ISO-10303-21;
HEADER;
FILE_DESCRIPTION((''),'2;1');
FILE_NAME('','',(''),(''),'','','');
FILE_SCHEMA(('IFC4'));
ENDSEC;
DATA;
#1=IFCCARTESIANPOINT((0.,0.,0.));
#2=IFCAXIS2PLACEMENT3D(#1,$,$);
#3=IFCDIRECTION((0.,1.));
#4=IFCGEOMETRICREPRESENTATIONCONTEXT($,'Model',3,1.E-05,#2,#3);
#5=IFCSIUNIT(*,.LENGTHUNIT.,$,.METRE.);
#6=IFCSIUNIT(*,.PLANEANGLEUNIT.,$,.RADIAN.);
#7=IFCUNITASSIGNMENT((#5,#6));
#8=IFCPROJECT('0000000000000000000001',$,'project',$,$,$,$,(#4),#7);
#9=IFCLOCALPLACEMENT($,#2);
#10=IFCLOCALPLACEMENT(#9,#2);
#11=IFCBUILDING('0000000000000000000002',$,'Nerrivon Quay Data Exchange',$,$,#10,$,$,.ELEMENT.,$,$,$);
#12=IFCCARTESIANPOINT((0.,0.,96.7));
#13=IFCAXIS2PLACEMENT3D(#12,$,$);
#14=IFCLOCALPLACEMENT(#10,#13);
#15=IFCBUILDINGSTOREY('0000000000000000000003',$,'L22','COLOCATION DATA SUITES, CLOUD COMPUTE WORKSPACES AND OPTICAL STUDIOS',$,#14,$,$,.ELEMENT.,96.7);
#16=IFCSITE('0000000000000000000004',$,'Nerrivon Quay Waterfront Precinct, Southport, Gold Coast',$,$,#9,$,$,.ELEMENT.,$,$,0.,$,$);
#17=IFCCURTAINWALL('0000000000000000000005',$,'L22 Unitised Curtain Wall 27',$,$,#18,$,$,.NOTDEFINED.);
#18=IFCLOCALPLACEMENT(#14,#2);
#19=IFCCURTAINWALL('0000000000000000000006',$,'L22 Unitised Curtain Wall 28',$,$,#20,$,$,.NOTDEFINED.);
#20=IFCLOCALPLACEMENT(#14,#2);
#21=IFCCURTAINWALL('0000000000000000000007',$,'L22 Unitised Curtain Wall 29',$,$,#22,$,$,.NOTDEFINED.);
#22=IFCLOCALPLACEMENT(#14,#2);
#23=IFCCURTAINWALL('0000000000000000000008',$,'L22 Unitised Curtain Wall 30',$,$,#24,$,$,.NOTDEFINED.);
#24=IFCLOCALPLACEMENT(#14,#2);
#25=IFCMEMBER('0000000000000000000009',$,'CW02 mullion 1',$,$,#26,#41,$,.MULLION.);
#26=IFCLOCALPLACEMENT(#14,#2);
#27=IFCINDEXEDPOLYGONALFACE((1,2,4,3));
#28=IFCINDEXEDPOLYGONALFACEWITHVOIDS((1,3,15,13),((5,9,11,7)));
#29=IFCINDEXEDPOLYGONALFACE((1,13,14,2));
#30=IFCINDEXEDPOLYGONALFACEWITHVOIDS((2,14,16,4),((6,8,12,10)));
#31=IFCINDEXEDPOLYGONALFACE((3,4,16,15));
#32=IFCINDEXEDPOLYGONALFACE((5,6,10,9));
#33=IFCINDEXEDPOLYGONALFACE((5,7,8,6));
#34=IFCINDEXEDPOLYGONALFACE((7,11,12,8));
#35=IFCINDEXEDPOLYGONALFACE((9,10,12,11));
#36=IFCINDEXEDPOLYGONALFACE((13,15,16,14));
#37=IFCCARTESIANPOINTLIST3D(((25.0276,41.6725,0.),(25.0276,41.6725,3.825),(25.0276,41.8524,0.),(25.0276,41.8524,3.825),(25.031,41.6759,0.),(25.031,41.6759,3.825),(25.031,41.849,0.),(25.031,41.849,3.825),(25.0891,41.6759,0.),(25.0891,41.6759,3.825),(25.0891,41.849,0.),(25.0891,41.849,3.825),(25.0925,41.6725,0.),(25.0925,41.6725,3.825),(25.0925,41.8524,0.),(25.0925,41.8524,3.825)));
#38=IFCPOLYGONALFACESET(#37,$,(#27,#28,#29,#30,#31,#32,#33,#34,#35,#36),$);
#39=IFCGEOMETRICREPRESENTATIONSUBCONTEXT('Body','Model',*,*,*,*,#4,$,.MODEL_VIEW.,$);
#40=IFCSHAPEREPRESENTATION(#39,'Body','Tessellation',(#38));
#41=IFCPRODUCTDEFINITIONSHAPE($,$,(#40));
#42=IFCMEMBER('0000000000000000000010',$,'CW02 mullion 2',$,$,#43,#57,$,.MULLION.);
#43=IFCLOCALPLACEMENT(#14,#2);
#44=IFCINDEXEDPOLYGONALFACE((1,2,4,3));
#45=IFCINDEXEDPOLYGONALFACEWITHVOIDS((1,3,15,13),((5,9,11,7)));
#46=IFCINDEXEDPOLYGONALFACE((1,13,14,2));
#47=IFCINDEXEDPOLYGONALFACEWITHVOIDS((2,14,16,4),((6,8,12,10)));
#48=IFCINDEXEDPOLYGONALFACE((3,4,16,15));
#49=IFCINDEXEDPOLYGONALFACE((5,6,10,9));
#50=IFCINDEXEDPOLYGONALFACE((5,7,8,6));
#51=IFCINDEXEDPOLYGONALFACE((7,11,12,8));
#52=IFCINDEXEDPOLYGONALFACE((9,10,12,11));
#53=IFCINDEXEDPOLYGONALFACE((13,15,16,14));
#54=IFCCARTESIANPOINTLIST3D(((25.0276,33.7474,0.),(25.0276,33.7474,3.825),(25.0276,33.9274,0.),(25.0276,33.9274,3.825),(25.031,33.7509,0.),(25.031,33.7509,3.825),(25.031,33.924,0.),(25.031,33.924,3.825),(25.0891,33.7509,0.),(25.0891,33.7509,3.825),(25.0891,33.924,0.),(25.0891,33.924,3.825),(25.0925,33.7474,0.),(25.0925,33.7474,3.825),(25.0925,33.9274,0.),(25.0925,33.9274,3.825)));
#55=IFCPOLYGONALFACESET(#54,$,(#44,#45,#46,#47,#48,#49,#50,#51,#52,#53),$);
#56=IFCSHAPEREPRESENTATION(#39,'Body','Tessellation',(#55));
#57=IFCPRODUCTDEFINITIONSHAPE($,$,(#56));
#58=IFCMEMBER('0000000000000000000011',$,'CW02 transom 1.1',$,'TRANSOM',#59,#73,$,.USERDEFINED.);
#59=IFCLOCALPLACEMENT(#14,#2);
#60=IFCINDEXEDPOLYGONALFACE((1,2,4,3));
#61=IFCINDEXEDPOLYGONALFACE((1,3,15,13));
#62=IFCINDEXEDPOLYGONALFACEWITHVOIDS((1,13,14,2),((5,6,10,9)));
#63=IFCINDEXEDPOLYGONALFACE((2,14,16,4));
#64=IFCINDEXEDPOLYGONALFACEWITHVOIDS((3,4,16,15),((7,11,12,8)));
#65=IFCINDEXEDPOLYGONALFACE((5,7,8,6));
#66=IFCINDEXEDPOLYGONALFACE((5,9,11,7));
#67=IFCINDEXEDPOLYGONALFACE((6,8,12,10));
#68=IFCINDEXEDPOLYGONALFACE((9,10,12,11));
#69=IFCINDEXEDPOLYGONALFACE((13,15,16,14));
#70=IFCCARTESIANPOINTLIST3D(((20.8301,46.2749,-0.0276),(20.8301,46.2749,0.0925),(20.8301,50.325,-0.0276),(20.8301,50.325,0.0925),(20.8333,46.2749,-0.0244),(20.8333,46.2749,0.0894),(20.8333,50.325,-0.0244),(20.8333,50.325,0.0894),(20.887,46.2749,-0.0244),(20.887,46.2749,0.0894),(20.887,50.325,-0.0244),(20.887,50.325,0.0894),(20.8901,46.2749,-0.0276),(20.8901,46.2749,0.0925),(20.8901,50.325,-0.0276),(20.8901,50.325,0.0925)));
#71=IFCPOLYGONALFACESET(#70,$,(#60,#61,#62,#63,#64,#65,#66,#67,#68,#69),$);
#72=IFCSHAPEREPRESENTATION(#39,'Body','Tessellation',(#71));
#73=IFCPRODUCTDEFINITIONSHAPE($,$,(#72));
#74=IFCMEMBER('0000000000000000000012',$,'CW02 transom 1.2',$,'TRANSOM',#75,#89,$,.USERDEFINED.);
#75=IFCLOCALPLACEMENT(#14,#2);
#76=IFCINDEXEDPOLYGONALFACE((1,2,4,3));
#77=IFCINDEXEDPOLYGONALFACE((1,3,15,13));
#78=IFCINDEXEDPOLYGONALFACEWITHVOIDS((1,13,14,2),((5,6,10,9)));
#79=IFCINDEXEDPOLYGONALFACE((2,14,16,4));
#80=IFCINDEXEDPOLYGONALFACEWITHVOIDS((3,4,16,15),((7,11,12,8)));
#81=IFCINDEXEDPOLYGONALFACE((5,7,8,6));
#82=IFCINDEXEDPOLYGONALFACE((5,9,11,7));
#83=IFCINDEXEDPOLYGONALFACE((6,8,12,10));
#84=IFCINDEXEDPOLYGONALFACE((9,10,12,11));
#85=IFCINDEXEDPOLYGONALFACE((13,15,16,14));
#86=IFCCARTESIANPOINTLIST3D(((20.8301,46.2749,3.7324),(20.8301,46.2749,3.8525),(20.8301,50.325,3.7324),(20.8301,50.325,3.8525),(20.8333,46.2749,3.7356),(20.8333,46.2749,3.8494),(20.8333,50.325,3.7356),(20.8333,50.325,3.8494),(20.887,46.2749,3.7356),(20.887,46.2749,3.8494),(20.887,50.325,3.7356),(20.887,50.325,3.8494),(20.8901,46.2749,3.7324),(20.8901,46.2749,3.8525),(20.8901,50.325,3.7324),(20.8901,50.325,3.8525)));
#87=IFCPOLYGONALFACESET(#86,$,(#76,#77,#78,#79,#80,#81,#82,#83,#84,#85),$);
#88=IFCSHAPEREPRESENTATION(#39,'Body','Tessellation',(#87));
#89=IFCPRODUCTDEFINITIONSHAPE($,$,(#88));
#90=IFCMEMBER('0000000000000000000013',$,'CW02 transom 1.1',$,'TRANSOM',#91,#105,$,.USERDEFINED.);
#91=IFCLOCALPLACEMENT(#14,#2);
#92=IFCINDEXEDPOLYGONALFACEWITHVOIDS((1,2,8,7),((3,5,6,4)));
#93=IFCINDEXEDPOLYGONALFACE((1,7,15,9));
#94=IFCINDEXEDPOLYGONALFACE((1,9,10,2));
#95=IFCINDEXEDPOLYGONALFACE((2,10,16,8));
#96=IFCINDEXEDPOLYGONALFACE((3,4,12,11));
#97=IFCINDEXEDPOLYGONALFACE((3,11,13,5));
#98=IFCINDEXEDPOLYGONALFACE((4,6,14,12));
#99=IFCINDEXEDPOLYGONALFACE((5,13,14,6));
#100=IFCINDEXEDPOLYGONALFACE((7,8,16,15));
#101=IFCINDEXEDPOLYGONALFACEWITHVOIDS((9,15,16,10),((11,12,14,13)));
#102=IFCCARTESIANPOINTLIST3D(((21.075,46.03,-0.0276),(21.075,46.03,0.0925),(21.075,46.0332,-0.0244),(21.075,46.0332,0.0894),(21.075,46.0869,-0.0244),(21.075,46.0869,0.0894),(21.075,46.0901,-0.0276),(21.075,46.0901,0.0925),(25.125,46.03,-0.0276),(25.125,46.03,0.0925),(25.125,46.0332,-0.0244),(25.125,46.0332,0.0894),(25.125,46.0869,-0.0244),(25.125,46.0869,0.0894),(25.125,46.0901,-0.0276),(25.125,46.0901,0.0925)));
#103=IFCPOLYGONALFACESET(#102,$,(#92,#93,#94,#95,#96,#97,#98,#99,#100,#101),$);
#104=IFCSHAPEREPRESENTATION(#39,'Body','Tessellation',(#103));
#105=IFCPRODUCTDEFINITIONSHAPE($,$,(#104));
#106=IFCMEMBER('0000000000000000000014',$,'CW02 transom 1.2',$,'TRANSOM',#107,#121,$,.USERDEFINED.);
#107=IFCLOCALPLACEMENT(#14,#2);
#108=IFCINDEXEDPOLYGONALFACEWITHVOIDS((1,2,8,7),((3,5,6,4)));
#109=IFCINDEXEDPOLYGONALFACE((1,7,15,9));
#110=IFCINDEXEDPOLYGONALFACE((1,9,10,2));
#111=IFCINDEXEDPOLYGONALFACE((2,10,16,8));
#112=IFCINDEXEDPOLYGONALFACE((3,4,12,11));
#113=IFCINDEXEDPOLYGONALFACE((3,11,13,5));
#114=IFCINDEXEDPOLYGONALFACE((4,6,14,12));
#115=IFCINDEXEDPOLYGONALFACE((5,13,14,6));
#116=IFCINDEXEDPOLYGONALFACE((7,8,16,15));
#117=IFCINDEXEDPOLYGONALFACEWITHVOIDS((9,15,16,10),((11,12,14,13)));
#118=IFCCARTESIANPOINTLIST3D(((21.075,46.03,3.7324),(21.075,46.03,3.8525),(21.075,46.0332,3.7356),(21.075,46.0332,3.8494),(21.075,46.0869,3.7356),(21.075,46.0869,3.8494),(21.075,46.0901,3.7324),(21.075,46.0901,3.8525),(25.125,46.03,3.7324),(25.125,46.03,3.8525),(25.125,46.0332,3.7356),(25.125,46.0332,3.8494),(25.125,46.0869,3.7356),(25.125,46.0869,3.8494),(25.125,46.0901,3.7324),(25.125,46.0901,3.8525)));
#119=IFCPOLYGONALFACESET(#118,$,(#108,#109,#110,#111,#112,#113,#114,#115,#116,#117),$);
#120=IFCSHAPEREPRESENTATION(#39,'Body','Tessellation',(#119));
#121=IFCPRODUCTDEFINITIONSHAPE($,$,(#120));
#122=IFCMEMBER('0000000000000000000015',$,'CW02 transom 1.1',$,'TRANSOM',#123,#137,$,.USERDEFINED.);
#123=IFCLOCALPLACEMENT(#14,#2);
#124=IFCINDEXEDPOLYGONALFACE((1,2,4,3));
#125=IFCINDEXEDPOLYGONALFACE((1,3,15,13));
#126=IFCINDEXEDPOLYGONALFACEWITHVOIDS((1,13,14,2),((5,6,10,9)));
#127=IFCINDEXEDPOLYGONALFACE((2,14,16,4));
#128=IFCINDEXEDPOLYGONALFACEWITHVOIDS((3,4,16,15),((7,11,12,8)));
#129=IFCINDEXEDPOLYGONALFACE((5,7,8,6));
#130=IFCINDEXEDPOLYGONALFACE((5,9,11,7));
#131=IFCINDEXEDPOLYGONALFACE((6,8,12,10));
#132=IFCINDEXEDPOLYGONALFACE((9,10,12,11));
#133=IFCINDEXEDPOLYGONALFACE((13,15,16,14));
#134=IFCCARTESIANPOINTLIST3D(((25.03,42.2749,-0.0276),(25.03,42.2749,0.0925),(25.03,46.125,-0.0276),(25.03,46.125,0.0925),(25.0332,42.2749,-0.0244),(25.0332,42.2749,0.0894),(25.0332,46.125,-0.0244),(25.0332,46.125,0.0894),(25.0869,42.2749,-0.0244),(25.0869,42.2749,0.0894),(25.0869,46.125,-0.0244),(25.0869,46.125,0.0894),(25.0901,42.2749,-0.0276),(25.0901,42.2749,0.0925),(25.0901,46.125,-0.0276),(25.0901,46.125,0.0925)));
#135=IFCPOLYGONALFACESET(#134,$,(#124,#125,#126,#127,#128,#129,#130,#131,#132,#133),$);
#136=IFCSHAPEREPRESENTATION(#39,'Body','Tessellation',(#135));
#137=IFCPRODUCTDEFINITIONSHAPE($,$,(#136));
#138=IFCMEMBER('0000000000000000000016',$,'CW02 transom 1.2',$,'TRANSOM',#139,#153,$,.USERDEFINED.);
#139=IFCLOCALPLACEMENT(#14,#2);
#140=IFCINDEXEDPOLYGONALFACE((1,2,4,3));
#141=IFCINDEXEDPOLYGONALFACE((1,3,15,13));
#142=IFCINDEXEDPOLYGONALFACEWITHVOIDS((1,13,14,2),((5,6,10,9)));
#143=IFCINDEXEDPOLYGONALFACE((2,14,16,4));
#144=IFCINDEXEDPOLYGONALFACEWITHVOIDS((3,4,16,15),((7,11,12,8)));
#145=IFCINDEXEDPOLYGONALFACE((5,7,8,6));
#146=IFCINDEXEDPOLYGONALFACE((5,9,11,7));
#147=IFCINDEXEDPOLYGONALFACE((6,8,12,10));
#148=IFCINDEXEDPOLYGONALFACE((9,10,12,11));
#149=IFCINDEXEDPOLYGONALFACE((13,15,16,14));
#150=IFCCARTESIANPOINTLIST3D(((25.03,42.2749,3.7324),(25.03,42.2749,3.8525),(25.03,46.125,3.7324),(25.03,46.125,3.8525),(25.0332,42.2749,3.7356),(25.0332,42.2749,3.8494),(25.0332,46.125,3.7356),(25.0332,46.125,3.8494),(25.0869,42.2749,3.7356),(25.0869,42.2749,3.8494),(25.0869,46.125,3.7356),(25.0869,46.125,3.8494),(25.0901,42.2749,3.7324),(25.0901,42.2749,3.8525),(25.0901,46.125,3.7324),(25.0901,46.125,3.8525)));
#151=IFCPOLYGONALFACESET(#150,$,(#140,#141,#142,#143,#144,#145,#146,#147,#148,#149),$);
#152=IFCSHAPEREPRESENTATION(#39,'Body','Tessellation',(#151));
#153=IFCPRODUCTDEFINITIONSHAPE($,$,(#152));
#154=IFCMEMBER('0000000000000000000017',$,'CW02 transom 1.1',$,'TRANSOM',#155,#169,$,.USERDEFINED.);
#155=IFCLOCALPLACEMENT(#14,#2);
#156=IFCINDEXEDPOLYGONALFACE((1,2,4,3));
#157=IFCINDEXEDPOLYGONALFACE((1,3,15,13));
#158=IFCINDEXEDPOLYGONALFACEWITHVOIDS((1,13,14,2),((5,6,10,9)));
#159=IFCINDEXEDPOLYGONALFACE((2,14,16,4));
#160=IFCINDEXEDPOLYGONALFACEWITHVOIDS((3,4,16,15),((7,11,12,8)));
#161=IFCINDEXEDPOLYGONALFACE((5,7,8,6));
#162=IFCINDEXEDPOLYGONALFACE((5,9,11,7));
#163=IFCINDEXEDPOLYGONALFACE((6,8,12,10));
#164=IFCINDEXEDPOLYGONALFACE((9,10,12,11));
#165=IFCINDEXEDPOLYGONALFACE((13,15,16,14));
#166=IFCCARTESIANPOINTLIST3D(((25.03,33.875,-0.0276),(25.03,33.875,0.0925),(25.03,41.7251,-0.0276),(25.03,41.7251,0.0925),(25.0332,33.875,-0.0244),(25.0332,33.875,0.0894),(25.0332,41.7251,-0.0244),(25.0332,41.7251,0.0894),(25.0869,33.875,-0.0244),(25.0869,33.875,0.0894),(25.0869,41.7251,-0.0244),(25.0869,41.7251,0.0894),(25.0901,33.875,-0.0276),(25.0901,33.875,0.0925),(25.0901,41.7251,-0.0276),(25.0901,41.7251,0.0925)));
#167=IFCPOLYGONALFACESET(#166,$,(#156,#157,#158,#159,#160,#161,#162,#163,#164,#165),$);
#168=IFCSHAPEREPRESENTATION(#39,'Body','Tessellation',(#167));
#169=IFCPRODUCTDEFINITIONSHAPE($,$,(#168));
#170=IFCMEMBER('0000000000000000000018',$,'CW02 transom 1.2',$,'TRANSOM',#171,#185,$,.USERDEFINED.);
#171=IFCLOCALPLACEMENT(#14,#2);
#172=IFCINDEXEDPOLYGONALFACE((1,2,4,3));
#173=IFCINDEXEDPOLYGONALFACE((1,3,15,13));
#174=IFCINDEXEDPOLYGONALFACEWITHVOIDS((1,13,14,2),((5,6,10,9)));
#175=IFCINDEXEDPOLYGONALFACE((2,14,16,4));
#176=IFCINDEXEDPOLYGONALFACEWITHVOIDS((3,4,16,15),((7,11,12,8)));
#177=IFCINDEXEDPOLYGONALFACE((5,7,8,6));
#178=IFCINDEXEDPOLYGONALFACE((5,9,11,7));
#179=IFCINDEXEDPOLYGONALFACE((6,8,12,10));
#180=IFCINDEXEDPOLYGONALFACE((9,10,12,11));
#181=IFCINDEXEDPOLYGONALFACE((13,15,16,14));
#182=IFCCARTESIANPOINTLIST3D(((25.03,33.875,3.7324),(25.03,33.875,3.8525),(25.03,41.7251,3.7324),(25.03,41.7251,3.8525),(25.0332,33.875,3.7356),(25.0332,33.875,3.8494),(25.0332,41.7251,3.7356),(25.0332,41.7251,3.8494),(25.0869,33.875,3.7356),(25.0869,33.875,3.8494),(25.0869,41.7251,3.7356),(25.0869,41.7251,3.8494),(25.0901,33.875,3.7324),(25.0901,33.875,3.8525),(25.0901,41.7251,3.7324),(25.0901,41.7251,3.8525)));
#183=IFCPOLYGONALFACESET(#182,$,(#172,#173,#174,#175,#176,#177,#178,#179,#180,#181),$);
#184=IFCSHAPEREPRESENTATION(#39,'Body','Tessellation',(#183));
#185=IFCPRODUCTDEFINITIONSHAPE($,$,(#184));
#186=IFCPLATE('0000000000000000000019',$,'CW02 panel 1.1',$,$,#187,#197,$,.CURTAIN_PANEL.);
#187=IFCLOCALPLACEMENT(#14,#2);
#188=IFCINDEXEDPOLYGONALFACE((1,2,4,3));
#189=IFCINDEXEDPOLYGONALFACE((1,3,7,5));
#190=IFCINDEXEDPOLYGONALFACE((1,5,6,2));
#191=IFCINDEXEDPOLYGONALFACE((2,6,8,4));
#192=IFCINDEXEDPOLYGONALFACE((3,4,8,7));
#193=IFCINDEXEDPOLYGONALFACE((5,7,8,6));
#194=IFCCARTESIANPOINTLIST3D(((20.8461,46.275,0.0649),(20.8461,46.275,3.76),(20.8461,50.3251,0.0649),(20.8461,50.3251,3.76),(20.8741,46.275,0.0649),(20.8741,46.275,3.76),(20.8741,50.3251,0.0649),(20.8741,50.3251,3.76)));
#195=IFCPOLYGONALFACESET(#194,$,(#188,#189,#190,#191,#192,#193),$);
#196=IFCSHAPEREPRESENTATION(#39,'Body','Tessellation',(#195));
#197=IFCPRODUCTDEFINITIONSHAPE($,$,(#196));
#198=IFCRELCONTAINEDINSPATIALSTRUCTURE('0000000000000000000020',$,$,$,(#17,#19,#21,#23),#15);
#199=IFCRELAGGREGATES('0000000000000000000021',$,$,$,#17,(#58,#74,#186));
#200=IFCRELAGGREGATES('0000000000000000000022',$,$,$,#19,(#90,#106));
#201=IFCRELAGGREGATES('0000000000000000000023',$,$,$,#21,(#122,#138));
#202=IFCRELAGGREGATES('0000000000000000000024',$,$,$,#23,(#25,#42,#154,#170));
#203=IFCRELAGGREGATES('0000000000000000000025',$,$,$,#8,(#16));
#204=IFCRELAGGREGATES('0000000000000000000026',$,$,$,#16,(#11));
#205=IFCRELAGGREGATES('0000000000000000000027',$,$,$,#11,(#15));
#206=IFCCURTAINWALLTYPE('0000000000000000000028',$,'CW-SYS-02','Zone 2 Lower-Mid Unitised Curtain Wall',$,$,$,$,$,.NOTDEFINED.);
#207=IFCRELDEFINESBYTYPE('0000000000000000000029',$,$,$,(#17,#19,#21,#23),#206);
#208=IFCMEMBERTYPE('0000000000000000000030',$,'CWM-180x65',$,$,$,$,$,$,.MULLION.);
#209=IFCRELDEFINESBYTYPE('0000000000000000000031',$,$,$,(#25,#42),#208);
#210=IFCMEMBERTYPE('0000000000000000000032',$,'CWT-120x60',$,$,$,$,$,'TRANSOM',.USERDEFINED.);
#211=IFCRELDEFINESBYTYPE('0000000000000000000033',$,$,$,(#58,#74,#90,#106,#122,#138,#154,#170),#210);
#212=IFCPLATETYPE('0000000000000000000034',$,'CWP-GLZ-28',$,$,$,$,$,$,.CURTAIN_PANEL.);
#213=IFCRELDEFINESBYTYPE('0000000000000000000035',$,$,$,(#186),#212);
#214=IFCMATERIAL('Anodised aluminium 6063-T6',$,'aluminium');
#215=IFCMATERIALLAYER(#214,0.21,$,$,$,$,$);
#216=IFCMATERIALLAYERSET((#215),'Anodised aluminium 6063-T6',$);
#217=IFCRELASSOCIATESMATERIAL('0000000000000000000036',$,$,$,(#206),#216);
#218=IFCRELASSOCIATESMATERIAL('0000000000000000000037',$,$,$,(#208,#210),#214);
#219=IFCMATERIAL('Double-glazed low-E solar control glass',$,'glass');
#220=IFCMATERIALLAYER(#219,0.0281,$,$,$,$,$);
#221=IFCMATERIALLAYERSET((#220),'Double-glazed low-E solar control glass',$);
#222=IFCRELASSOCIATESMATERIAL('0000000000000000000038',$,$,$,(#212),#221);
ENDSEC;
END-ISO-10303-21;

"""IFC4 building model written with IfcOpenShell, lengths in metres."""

from ifc_helpers import new_model, si_unit, direction, frame, origin, origin_2d, place, context, subcontext, project, spatial, rectangle, hollow_rectangle, extrude, material, layer, layer_set, material_profile, profile_set, type_object, element, aggregate, save


model = new_model("IFC4")

# Units and contexts
model_context = context("Model", 3, precision=1e-05, world=origin(), true_north=direction((0.0, 1.0)))
body_context = subcontext(model_context, "Body", "Model", "MODEL_VIEW")
ifc_project = project(units=[si_unit("LENGTHUNIT", "METRE"), si_unit("PLANEANGLEUNIT", "RADIAN")], contexts=[model_context])

# Site, building, storey
site_placement = place(None, origin())
site = spatial("IfcSite", under=ifc_project, at=site_placement, Name="Nerrivon Quay Waterfront Precinct, Southport, Gold Coast", CompositionType="ELEMENT", RefElevation=0.0)
building_placement = place(site_placement, origin())
building = spatial("IfcBuilding", under=site, at=building_placement, Name="Nerrivon Quay Data Exchange", CompositionType="ELEMENT")
storey_placement = place(building_placement, frame((0.0, 0.0, 96.7)))
storey = spatial("IfcBuildingStorey", under=building, at=storey_placement, Name="L22", Description="COLOCATION DATA SUITES, CLOUD COMPUTE WORKSPACES AND OPTICAL STUDIOS", CompositionType="ELEMENT", Elevation=96.7)

# Shared definitions
ifc_material_1 = material(Name="Anodised aluminium 6063-T6", Category="aluminium")
ifc_layer_1 = layer(ifc_material_1, 0.21)
ifc_layer_set_1 = layer_set([ifc_layer_1], Name="Anodised aluminium 6063-T6")
curtain_wall_type = type_object("IfcCurtainWallType", Name="CW-SYS-02", Description="Zone 2 Lower-Mid Unitised Curtain Wall", PredefinedType="NOTDEFINED", material=ifc_layer_set_1)
ifc_material_profile_1 = material_profile(ifc_material_1, hollow_rectangle(XDim=0.0649, YDim=0.1799, WallThickness=0.0034, at=origin_2d()), Name="ALU-MULL-180x65")
ifc_profile_set_1 = profile_set([ifc_material_profile_1], Name="Anodised aluminium 6063-T6")
member_type_1 = type_object("IfcMemberType", Name="CWM-180x65", PredefinedType="MULLION", material=ifc_profile_set_1)

# Curtain walls, members
curtain_wall_1_placement = place(storey_placement, origin())
curtain_wall_1 = element("IfcCurtainWall", 1, at=curtain_wall_1_placement, inside=storey, type_object=curtain_wall_type, Name="L22 Unitised Curtain Wall 27", PredefinedType="NOTDEFINED")
curtain_wall_2_placement = place(storey_placement, origin())
curtain_wall_2 = element("IfcCurtainWall", 2, at=curtain_wall_2_placement, inside=storey, type_object=curtain_wall_type, Name="L22 Unitised Curtain Wall 28", PredefinedType="NOTDEFINED")
curtain_wall_3_placement = place(storey_placement, origin())
curtain_wall_3 = element("IfcCurtainWall", 3, at=curtain_wall_3_placement, inside=storey, type_object=curtain_wall_type, Name="L22 Unitised Curtain Wall 29", PredefinedType="NOTDEFINED")
curtain_wall_4_placement = place(storey_placement, origin())
curtain_wall_4 = element("IfcCurtainWall", 4, at=curtain_wall_4_placement, inside=storey, type_object=curtain_wall_type, Name="L22 Unitised Curtain Wall 30", PredefinedType="NOTDEFINED")
member_1_placement = place(storey_placement, frame((25.0601, 41.7625, 0.0), z_axis=(0.0, 0.0, 1.0), x_axis=(1.0, 0.0, 0.0)))
member_1 = element("IfcMember", 5, at=member_1_placement, type_object=member_type_1, Name="CW02 mullion 1", PredefinedType="MULLION", context=body_context, shape_type="SweptSolid", body=[
    extrude(hollow_rectangle(XDim=0.0649, YDim=0.1799, WallThickness=0.0034, at=origin_2d()), origin(), (0.0, 0.0, 1.0), 3.825),
])
member_2_placement = place(storey_placement, frame((25.0601, 33.8374, 0.0), z_axis=(0.0, 0.0, 1.0), x_axis=(1.0, 0.0, 0.0)))
member_2 = element("IfcMember", 6, at=member_2_placement, type_object=member_type_1, Name="CW02 mullion 2", PredefinedType="MULLION", context=body_context, shape_type="SweptSolid", body=[
    extrude(hollow_rectangle(XDim=0.0649, YDim=0.1799, WallThickness=0.0034, at=origin_2d()), origin(), (0.0, 0.0, 1.0), 3.825),
])

# Members
ifc_material_profile_2 = material_profile(ifc_material_1, hollow_rectangle(XDim=0.0601, YDim=0.1201, WallThickness=0.0032, at=origin_2d()), Name="ALU-TRAN-120x60")
ifc_profile_set_2 = profile_set([ifc_material_profile_2], Name="Anodised aluminium 6063-T6")
member_type_2 = type_object("IfcMemberType", Name="CWT-120x60", ElementType="TRANSOM", PredefinedType="USERDEFINED", material=ifc_profile_set_2)
member_3_placement = place(storey_placement, frame((20.8601, 50.325, 0.0325), z_axis=(0.0, -1.0, 0.0), x_axis=(1.0, 0.0, 0.0)))
member_3 = element("IfcMember", 7, at=member_3_placement, type_object=member_type_2, Name="CW02 transom 1.1", ObjectType="TRANSOM", PredefinedType="USERDEFINED", context=body_context, shape_type="SweptSolid", body=[
    extrude(hollow_rectangle(XDim=0.0601, YDim=0.1201, WallThickness=0.0032, at=origin_2d()), origin(), (0.0, 0.0, 1.0), 4.05),
])
member_4_placement = place(storey_placement, frame((20.8601, 50.325, 3.7925), z_axis=(0.0, -1.0, 0.0), x_axis=(1.0, 0.0, 0.0)))
member_4 = element("IfcMember", 8, at=member_4_placement, type_object=member_type_2, Name="CW02 transom 1.2", ObjectType="TRANSOM", PredefinedType="USERDEFINED", context=body_context, shape_type="SweptSolid", body=[
    extrude(hollow_rectangle(XDim=0.0601, YDim=0.1201, WallThickness=0.0032, at=origin_2d()), origin(), (0.0, 0.0, 1.0), 4.05),
])
member_5_placement = place(storey_placement, frame((21.075, 46.0601, 0.0325), z_axis=(1.0, 0.0, 0.0), x_axis=(0.0, 1.0, 0.0)))
member_5 = element("IfcMember", 9, at=member_5_placement, type_object=member_type_2, Name="CW02 transom 1.1", ObjectType="TRANSOM", PredefinedType="USERDEFINED", context=body_context, shape_type="SweptSolid", body=[
    extrude(hollow_rectangle(XDim=0.0601, YDim=0.1201, WallThickness=0.0032, at=origin_2d()), origin(), (0.0, 0.0, 1.0), 4.05),
])
member_6_placement = place(storey_placement, frame((21.075, 46.0601, 3.7925), z_axis=(1.0, 0.0, 0.0), x_axis=(0.0, 1.0, 0.0)))
member_6 = element("IfcMember", 10, at=member_6_placement, type_object=member_type_2, Name="CW02 transom 1.2", ObjectType="TRANSOM", PredefinedType="USERDEFINED", context=body_context, shape_type="SweptSolid", body=[
    extrude(hollow_rectangle(XDim=0.0601, YDim=0.1201, WallThickness=0.0032, at=origin_2d()), origin(), (0.0, 0.0, 1.0), 4.05),
])
member_7_placement = place(storey_placement, frame((25.0601, 46.125, 0.0325), z_axis=(0.0, -1.0, 0.0), x_axis=(1.0, 0.0, 0.0)))
member_7 = element("IfcMember", 11, at=member_7_placement, type_object=member_type_2, Name="CW02 transom 1.1", ObjectType="TRANSOM", PredefinedType="USERDEFINED", context=body_context, shape_type="SweptSolid", body=[
    extrude(hollow_rectangle(XDim=0.0601, YDim=0.1201, WallThickness=0.0032, at=origin_2d()), origin(), (0.0, 0.0, 1.0), 3.8501),
])
member_8_placement = place(storey_placement, frame((25.0601, 46.125, 3.7925), z_axis=(0.0, -1.0, 0.0), x_axis=(1.0, 0.0, 0.0)))
member_8 = element("IfcMember", 12, at=member_8_placement, type_object=member_type_2, Name="CW02 transom 1.2", ObjectType="TRANSOM", PredefinedType="USERDEFINED", context=body_context, shape_type="SweptSolid", body=[
    extrude(hollow_rectangle(XDim=0.0601, YDim=0.1201, WallThickness=0.0032, at=origin_2d()), origin(), (0.0, 0.0, 1.0), 3.8501),
])
member_9_placement = place(storey_placement, frame((25.0601, 41.7251, 0.0325), z_axis=(0.0, -1.0, 0.0), x_axis=(1.0, 0.0, 0.0)))
member_9 = element("IfcMember", 13, at=member_9_placement, type_object=member_type_2, Name="CW02 transom 1.1", ObjectType="TRANSOM", PredefinedType="USERDEFINED", context=body_context, shape_type="SweptSolid", body=[
    extrude(hollow_rectangle(XDim=0.0601, YDim=0.1201, WallThickness=0.0032, at=origin_2d()), origin(), (0.0, 0.0, 1.0), 7.8501),
])
member_10_placement = place(storey_placement, frame((25.0601, 41.7251, 3.7925), z_axis=(0.0, -1.0, 0.0), x_axis=(1.0, 0.0, 0.0)))
member_10 = element("IfcMember", 14, at=member_10_placement, type_object=member_type_2, Name="CW02 transom 1.2", ObjectType="TRANSOM", PredefinedType="USERDEFINED", context=body_context, shape_type="SweptSolid", body=[
    extrude(hollow_rectangle(XDim=0.0601, YDim=0.1201, WallThickness=0.0032, at=origin_2d()), origin(), (0.0, 0.0, 1.0), 7.8501),
])

# Plate
ifc_material_2 = material(Name="Double-glazed low-E solar control glass", Category="glass")
ifc_layer_2 = layer(ifc_material_2, 0.0281)
ifc_layer_set_2 = layer_set([ifc_layer_2], Name="Double-glazed low-E solar control glass")
plate_type = type_object("IfcPlateType", Name="CWP-GLZ-28", PredefinedType="CURTAIN_PANEL", material=ifc_layer_set_2)
plate_1_placement = place(storey_placement, frame((20.8601, 48.3, 0.0649), z_axis=(0.0, 0.0, 1.0), x_axis=(0.0, -1.0, 0.0)))
plate_1 = element("IfcPlate", 15, at=plate_1_placement, type_object=plate_type, Name="CW02 panel 1.1", PredefinedType="CURTAIN_PANEL", context=body_context, shape_type="SweptSolid", body=[
    extrude(rectangle(XDim=4.05, YDim=0.0281, at=origin_2d()), origin(), (0.0, 0.0, 1.0), 3.6951),
])
aggregate(curtain_wall_1, [member_3, member_4, plate_1])
aggregate(curtain_wall_2, [member_5, member_6])
aggregate(curtain_wall_3, [member_7, member_8])
aggregate(curtain_wall_4, [member_1, member_2, member_9, member_10])

save(model, "model.ifc")
